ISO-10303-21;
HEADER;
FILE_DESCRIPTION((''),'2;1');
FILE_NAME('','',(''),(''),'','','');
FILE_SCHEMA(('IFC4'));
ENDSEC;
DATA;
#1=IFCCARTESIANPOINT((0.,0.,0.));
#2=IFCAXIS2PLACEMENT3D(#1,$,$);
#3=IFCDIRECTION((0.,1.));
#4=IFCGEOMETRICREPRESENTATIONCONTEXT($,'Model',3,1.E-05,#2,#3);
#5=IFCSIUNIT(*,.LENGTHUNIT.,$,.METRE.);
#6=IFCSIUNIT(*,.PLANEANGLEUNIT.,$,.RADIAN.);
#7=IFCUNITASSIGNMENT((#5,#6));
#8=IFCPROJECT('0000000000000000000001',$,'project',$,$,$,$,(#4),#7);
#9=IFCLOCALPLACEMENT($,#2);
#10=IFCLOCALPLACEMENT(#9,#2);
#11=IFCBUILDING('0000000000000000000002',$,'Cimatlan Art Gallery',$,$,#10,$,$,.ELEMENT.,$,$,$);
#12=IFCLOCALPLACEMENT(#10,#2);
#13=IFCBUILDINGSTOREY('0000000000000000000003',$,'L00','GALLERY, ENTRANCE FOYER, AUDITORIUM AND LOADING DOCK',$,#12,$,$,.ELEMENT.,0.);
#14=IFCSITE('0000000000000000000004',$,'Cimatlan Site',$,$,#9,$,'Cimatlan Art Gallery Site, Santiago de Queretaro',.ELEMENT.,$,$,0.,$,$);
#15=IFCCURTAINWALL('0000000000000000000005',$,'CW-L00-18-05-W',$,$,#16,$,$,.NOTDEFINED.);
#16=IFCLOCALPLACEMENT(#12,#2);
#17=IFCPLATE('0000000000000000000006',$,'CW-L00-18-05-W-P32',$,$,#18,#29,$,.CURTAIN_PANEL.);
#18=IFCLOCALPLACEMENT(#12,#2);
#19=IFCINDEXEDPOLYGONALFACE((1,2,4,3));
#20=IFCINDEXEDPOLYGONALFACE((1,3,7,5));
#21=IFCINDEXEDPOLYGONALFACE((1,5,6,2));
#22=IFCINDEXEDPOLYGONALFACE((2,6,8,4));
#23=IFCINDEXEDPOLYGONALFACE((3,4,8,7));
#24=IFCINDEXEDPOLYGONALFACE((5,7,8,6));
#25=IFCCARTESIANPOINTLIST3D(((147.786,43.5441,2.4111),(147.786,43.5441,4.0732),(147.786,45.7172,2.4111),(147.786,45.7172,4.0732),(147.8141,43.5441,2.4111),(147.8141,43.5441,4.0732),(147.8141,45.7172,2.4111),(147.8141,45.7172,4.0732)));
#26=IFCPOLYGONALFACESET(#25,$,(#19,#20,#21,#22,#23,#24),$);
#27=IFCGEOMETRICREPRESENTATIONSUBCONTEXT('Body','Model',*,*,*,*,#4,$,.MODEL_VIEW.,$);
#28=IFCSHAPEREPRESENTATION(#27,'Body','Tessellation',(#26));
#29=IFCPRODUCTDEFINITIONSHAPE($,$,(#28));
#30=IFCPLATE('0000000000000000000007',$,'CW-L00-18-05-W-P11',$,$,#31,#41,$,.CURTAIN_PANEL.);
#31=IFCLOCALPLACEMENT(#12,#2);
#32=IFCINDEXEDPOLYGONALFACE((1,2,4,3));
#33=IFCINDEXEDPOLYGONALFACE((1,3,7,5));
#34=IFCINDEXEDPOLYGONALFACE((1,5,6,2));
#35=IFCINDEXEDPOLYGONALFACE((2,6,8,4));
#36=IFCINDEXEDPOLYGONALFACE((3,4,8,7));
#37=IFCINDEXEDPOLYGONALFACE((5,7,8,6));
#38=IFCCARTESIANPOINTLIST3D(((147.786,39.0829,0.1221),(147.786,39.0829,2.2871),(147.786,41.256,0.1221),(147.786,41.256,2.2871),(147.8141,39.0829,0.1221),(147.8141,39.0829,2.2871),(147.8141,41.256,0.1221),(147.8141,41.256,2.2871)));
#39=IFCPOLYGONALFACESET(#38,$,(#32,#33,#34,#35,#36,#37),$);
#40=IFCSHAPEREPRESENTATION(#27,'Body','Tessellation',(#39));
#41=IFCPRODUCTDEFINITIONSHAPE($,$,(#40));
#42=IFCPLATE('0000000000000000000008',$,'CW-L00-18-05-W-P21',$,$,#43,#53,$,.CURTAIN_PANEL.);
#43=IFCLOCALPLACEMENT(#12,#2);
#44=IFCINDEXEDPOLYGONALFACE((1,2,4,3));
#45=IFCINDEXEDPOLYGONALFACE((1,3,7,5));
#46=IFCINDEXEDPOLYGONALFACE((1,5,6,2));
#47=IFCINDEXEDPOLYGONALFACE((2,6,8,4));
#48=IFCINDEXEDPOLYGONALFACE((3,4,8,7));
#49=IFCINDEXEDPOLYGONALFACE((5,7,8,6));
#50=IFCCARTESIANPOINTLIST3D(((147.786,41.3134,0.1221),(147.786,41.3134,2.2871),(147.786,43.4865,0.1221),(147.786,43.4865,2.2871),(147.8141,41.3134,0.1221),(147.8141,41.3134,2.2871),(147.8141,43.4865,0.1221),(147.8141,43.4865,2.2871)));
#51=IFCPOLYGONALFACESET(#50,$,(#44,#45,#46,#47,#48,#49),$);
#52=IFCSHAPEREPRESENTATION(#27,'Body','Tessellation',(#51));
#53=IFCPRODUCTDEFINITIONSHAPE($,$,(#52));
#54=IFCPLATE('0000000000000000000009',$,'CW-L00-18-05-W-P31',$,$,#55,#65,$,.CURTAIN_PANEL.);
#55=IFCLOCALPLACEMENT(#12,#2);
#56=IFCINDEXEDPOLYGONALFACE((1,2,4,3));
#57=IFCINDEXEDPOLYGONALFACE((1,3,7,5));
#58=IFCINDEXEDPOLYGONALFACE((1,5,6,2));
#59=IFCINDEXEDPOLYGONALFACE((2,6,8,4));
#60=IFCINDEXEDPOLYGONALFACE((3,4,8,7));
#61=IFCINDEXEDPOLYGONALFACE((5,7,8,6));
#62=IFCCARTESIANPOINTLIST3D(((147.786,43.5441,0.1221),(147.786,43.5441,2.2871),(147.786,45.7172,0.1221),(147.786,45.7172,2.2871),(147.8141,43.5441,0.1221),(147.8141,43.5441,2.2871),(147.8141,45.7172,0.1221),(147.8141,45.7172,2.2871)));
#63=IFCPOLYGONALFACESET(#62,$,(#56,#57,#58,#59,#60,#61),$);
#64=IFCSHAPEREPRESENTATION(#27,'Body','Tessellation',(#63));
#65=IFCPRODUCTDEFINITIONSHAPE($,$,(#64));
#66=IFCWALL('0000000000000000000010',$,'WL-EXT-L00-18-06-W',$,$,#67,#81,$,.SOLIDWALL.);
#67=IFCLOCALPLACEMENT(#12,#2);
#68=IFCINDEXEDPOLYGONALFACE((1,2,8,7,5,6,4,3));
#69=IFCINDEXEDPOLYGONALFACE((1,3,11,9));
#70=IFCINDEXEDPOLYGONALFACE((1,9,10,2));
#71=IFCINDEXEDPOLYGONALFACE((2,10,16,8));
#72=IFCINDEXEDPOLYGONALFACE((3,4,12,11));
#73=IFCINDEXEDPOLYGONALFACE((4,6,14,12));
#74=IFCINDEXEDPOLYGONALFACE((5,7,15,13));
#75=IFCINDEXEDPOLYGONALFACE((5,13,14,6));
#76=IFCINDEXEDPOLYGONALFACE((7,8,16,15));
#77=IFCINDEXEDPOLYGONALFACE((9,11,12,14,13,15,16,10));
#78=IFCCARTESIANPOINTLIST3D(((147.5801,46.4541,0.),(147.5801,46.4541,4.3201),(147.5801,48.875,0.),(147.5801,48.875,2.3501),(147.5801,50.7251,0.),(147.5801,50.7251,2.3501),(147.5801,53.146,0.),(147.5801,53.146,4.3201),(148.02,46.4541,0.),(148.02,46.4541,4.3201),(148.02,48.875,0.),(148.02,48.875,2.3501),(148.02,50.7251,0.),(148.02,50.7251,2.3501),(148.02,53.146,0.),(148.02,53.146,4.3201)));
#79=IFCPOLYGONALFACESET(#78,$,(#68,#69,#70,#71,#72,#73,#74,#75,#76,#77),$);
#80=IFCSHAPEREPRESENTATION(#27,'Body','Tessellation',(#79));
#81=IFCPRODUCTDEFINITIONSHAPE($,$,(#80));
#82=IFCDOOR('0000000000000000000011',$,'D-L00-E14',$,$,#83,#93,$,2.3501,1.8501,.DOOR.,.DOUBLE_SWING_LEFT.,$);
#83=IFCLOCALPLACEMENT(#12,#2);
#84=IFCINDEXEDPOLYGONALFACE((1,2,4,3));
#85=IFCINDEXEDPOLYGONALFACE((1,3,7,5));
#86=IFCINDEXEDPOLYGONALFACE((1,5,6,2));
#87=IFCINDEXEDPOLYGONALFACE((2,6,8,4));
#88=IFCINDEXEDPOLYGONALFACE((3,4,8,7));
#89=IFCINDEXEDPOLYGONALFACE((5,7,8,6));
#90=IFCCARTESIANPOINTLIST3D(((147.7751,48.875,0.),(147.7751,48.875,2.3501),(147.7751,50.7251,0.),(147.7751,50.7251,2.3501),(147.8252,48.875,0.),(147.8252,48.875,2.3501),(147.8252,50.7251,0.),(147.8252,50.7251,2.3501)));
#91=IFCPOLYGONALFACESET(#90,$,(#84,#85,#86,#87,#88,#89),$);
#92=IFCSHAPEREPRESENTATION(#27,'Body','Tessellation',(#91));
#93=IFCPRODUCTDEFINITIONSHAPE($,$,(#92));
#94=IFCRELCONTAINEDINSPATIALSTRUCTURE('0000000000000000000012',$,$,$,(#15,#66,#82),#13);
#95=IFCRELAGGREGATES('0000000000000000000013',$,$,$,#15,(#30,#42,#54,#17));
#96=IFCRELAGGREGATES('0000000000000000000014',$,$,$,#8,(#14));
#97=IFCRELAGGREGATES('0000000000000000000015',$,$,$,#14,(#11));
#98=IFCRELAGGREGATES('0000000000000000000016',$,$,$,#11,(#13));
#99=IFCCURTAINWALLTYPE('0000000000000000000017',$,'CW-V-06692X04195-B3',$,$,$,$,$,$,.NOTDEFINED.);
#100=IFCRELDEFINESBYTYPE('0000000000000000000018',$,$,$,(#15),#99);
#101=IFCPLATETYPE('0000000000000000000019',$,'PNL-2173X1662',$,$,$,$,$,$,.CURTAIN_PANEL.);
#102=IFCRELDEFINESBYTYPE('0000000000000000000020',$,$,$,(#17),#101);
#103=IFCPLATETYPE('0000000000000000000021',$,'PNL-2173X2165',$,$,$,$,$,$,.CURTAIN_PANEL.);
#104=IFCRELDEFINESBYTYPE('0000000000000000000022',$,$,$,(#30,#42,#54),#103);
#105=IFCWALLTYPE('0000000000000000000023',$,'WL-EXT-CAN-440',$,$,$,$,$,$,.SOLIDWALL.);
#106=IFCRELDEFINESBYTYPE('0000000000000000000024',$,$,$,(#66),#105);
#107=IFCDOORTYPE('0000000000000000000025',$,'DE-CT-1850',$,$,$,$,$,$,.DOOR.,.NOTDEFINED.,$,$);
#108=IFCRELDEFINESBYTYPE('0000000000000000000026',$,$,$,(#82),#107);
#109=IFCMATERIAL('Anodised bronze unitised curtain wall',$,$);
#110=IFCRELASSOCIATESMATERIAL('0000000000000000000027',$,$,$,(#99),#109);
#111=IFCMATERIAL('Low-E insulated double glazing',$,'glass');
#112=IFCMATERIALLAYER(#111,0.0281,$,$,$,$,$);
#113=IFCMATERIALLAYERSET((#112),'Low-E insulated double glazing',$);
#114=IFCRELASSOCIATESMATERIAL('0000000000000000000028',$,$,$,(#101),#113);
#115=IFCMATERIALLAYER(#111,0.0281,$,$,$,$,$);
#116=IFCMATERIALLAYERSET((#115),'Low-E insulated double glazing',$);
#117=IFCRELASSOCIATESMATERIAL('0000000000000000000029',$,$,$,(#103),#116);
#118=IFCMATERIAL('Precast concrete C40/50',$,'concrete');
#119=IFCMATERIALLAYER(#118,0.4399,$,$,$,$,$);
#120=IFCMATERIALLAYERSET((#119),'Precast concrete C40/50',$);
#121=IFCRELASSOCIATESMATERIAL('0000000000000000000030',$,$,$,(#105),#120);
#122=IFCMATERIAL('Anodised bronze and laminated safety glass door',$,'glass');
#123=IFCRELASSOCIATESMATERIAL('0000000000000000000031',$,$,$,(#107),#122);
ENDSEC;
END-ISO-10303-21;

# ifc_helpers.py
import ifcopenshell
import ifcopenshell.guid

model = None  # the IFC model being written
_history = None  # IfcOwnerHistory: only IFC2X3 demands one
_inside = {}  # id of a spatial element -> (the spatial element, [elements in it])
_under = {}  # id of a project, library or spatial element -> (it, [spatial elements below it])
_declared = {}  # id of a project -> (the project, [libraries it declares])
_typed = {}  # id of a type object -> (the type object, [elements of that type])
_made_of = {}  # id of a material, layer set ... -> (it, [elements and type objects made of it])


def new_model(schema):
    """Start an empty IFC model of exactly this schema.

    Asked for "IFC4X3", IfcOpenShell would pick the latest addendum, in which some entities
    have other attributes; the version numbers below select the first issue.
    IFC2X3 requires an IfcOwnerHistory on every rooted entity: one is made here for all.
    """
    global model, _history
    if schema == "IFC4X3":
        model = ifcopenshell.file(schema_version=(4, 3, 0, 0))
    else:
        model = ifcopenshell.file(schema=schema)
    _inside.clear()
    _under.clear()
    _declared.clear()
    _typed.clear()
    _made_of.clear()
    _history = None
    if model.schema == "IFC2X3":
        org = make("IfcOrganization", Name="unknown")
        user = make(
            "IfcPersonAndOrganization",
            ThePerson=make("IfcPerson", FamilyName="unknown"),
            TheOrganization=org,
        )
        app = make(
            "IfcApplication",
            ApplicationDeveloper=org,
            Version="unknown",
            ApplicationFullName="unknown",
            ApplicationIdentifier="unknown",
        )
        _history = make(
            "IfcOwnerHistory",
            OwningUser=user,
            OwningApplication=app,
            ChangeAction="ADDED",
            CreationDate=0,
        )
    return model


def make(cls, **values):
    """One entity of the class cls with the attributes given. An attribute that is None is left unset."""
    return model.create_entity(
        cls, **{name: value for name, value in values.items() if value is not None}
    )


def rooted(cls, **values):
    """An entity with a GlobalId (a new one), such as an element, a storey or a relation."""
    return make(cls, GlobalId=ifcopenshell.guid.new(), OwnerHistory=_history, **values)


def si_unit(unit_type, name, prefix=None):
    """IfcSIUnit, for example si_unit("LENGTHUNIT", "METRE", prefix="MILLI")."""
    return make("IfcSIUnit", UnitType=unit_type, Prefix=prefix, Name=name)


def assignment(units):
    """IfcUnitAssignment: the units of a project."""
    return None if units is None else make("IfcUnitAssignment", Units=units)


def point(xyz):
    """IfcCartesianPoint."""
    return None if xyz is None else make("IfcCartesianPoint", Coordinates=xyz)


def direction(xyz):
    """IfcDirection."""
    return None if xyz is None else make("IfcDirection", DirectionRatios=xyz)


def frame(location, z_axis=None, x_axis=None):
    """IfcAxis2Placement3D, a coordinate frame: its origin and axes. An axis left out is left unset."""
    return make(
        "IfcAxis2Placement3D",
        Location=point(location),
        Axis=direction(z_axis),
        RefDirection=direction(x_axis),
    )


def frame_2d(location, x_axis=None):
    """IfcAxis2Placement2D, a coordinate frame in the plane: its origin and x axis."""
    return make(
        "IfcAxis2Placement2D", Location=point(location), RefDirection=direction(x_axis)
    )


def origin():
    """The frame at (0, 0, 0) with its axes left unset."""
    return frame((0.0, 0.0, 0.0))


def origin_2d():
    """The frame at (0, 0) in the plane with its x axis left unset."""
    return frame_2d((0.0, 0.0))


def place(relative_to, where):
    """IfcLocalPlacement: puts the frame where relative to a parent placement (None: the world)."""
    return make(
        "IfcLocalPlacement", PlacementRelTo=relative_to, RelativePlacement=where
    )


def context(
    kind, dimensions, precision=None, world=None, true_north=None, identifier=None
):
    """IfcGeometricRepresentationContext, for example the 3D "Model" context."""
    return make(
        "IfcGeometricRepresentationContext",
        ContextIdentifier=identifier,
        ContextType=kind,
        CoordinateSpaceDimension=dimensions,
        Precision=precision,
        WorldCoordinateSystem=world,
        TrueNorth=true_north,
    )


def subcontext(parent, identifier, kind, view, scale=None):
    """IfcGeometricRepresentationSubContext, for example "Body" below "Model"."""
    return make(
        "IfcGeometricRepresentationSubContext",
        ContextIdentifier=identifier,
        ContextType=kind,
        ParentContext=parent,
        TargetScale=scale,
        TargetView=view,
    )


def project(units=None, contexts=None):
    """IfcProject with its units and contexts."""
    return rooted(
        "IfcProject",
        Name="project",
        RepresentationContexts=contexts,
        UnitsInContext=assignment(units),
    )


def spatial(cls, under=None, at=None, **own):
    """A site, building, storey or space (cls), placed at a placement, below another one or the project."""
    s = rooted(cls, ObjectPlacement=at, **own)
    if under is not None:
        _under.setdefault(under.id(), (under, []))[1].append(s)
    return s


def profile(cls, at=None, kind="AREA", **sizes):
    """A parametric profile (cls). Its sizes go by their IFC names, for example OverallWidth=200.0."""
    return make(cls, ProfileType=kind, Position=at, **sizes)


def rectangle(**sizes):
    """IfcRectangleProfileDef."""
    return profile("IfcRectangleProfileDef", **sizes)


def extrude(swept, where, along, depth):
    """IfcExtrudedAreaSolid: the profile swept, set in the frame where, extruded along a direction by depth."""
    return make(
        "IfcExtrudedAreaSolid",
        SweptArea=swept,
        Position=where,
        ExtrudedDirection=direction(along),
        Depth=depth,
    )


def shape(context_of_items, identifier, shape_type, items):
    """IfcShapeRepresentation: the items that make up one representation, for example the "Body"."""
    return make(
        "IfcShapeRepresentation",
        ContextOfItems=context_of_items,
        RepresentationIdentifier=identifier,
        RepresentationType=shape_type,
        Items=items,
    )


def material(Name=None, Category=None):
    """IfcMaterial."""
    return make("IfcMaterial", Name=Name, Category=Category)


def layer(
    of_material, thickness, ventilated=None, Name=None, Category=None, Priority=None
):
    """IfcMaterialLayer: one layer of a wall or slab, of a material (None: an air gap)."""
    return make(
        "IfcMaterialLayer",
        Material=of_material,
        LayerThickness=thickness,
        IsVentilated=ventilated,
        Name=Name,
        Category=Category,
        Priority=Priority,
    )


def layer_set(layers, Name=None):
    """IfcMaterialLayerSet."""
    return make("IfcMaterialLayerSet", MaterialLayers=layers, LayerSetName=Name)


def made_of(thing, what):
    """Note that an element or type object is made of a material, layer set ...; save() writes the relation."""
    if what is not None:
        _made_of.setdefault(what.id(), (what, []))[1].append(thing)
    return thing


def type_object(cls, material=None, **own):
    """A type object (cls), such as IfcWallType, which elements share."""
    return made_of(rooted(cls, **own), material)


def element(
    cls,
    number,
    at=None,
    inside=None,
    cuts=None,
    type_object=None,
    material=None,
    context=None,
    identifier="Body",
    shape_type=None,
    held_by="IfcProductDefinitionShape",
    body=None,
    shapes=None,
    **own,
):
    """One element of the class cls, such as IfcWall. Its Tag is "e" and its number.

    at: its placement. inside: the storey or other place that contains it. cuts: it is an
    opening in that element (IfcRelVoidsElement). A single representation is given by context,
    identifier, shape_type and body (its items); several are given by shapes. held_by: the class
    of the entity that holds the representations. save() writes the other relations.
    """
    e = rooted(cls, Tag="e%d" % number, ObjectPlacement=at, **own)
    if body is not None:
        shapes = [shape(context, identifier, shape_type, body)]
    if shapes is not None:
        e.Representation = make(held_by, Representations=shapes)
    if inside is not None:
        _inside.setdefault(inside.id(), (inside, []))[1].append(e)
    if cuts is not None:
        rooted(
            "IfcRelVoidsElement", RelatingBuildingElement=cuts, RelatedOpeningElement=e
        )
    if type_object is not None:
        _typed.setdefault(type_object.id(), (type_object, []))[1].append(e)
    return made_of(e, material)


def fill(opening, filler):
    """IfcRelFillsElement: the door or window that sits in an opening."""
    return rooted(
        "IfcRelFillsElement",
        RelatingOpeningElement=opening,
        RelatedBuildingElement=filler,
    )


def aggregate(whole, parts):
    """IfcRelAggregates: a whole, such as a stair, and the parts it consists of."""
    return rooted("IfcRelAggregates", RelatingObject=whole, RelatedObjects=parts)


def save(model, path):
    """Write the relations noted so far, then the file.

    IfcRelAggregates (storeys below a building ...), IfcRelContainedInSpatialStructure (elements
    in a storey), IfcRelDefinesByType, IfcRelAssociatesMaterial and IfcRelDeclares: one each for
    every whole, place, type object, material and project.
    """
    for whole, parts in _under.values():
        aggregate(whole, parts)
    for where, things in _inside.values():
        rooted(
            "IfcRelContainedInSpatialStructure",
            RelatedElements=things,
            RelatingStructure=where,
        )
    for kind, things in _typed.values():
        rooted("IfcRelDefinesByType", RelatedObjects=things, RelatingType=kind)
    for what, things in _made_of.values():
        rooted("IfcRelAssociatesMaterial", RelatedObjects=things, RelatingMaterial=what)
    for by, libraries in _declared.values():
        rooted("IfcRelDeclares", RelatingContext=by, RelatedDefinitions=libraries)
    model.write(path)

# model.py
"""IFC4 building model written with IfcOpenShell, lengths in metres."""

from ifc_helpers import new_model, si_unit, direction, frame, frame_2d, origin, origin_2d, place, context, subcontext, project, spatial, rectangle, extrude, material, layer, layer_set, type_object, element, fill, aggregate, save


model = new_model("IFC4")

# Units and contexts
model_context = context("Model", 3, precision=1e-05, world=origin(), true_north=direction((0.0, 1.0)))
body_context = subcontext(model_context, "Body", "Model", "MODEL_VIEW")
ifc_project = project(units=[si_unit("LENGTHUNIT", "METRE"), si_unit("PLANEANGLEUNIT", "RADIAN")], contexts=[model_context])

# Site, building, storey
site_placement = place(None, origin())
site = spatial("IfcSite", under=ifc_project, at=site_placement, Name="Cimatlan Site", LongName="Cimatlan Art Gallery Site, Santiago de Queretaro", CompositionType="ELEMENT", RefElevation=0.0)
building_placement = place(site_placement, origin())
building = spatial("IfcBuilding", under=site, at=building_placement, Name="Cimatlan Art Gallery", CompositionType="ELEMENT")
storey_placement = place(building_placement, origin())
storey = spatial("IfcBuildingStorey", under=building, at=storey_placement, Name="L00", Description="GALLERY, ENTRANCE FOYER, AUDITORIUM AND LOADING DOCK", CompositionType="ELEMENT", Elevation=0.0)

# Curtain wall, plates
ifc_material_1 = material(Name="Anodised bronze unitised curtain wall")
curtain_wall_type = type_object("IfcCurtainWallType", Name="CW-V-06692X04195-B3", PredefinedType="NOTDEFINED", material=ifc_material_1)
curtain_wall_placement = place(storey_placement, origin())
curtain_wall = element("IfcCurtainWall", 1, at=curtain_wall_placement, inside=storey, type_object=curtain_wall_type, Name="CW-L00-18-05-W", PredefinedType="NOTDEFINED")
ifc_material_2 = material(Name="Low-E insulated double glazing", Category="glass")
ifc_layer_1 = layer(ifc_material_2, 0.0281)
ifc_layer_set_1 = layer_set([ifc_layer_1], Name="Low-E insulated double glazing")
plate_type_1 = type_object("IfcPlateType", Name="PNL-2173X1662", PredefinedType="CURTAIN_PANEL", material=ifc_layer_set_1)
plate_1_placement = place(storey_placement, frame((147.8, 44.6306, 2.4111), z_axis=(0.0, 0.0, 1.0), x_axis=(0.0, 1.0, 0.0)))
plate_1 = element("IfcPlate", 2, at=plate_1_placement, type_object=plate_type_1, Name="CW-L00-18-05-W-P32", PredefinedType="CURTAIN_PANEL", context=body_context, shape_type="SweptSolid", body=[
    extrude(rectangle(XDim=2.1731, YDim=0.0281, at=origin_2d()), origin(), (0.0, 0.0, 1.0), 1.6621),
])
ifc_layer_2 = layer(ifc_material_2, 0.0281)
ifc_layer_set_2 = layer_set([ifc_layer_2], Name="Low-E insulated double glazing")
plate_type_2 = type_object("IfcPlateType", Name="PNL-2173X2165", PredefinedType="CURTAIN_PANEL", material=ifc_layer_set_2)
plate_2_placement = place(storey_placement, frame((147.8, 40.1694, 0.1221), z_axis=(0.0, 0.0, 1.0), x_axis=(0.0, 1.0, 0.0)))
plate_2 = element("IfcPlate", 3, at=plate_2_placement, type_object=plate_type_2, Name="CW-L00-18-05-W-P11", PredefinedType="CURTAIN_PANEL", context=body_context, shape_type="SweptSolid", body=[
    extrude(rectangle(XDim=2.1731, YDim=0.0281, at=origin_2d()), origin(), (0.0, 0.0, 1.0), 2.165),
])
plate_3_placement = place(storey_placement, frame((147.8, 42.3999, 0.1221), z_axis=(0.0, 0.0, 1.0), x_axis=(0.0, 1.0, 0.0)))
plate_3 = element("IfcPlate", 4, at=plate_3_placement, type_object=plate_type_2, Name="CW-L00-18-05-W-P21", PredefinedType="CURTAIN_PANEL", context=body_context, shape_type="SweptSolid", body=[
    extrude(rectangle(XDim=2.1731, YDim=0.0281, at=origin_2d()), origin(), (0.0, 0.0, 1.0), 2.165),
])
plate_4_placement = place(storey_placement, frame((147.8, 44.6306, 0.1221), z_axis=(0.0, 0.0, 1.0), x_axis=(0.0, 1.0, 0.0)))
plate_4 = element("IfcPlate", 5, at=plate_4_placement, type_object=plate_type_2, Name="CW-L00-18-05-W-P31", PredefinedType="CURTAIN_PANEL", context=body_context, shape_type="SweptSolid", body=[
    extrude(rectangle(XDim=2.1731, YDim=0.0281, at=origin_2d()), origin(), (0.0, 0.0, 1.0), 2.165),
])
aggregate(curtain_wall, [plate_2, plate_3, plate_4, plate_1])

# Wall, opening, door
ifc_material_3 = material(Name="Precast concrete C40/50", Category="concrete")
ifc_layer_3 = layer(ifc_material_3, 0.4399)
ifc_layer_set_3 = layer_set([ifc_layer_3], Name="Precast concrete C40/50")
wall_type = type_object("IfcWallType", Name="WL-EXT-CAN-440", PredefinedType="SOLIDWALL", material=ifc_layer_set_3)
wall_placement = place(storey_placement, frame((147.8, 46.4541, 0.0), z_axis=(0.0, 0.0, 1.0), x_axis=(0.0, 1.0, 0.0)))
wall = element("IfcWall", 6, at=wall_placement, inside=storey, type_object=wall_type, Name="WL-EXT-L00-18-06-W", PredefinedType="SOLIDWALL", context=body_context, shape_type="SweptSolid", body=[
    extrude(rectangle(XDim=6.6919, YDim=0.4399, at=frame_2d((3.3459, 0.0))), origin(), (0.0, 0.0, 1.0), 4.3201),
])
opening_placement = place(wall_placement, frame((2.4209, 0.0, 0.0)))
opening = element("IfcOpeningElement", 7, at=opening_placement, cuts=wall, PredefinedType="OPENING", context=body_context, shape_type="SweptSolid", body=[
    extrude(rectangle(XDim=1.8501, YDim=2.3501, at=frame_2d((0.925, 1.175))), frame((0.0, 0.23, 0.0), z_axis=(0.0, -1.0, 0.0), x_axis=(1.0, 0.0, 0.0)), (0.0, 0.0, 1.0), 0.46),
])
ifc_material_4 = material(Name="Anodised bronze and laminated safety glass door", Category="glass")
door_type = type_object("IfcDoorType", Name="DE-CT-1850", OperationType="NOTDEFINED", PredefinedType="DOOR", material=ifc_material_4)
door_placement = place(opening_placement, origin())
door = element("IfcDoor", 8, at=door_placement, inside=storey, type_object=door_type, Name="D-L00-E14", OperationType="DOUBLE_SWING_LEFT", OverallHeight=2.3501, OverallWidth=1.8501, PredefinedType="DOOR", context=body_context, shape_type="SweptSolid", body=[
    extrude(rectangle(XDim=1.8501, YDim=2.3501, at=frame_2d((0.925, 1.175))), frame((0.0, 0.0249, 0.0), z_axis=(0.0, -1.0, 0.0), x_axis=(1.0, 0.0, 0.0)), (0.0, 0.0, 1.0), 0.05),
])
fill(opening, door)

save(model, "model.ifc")
